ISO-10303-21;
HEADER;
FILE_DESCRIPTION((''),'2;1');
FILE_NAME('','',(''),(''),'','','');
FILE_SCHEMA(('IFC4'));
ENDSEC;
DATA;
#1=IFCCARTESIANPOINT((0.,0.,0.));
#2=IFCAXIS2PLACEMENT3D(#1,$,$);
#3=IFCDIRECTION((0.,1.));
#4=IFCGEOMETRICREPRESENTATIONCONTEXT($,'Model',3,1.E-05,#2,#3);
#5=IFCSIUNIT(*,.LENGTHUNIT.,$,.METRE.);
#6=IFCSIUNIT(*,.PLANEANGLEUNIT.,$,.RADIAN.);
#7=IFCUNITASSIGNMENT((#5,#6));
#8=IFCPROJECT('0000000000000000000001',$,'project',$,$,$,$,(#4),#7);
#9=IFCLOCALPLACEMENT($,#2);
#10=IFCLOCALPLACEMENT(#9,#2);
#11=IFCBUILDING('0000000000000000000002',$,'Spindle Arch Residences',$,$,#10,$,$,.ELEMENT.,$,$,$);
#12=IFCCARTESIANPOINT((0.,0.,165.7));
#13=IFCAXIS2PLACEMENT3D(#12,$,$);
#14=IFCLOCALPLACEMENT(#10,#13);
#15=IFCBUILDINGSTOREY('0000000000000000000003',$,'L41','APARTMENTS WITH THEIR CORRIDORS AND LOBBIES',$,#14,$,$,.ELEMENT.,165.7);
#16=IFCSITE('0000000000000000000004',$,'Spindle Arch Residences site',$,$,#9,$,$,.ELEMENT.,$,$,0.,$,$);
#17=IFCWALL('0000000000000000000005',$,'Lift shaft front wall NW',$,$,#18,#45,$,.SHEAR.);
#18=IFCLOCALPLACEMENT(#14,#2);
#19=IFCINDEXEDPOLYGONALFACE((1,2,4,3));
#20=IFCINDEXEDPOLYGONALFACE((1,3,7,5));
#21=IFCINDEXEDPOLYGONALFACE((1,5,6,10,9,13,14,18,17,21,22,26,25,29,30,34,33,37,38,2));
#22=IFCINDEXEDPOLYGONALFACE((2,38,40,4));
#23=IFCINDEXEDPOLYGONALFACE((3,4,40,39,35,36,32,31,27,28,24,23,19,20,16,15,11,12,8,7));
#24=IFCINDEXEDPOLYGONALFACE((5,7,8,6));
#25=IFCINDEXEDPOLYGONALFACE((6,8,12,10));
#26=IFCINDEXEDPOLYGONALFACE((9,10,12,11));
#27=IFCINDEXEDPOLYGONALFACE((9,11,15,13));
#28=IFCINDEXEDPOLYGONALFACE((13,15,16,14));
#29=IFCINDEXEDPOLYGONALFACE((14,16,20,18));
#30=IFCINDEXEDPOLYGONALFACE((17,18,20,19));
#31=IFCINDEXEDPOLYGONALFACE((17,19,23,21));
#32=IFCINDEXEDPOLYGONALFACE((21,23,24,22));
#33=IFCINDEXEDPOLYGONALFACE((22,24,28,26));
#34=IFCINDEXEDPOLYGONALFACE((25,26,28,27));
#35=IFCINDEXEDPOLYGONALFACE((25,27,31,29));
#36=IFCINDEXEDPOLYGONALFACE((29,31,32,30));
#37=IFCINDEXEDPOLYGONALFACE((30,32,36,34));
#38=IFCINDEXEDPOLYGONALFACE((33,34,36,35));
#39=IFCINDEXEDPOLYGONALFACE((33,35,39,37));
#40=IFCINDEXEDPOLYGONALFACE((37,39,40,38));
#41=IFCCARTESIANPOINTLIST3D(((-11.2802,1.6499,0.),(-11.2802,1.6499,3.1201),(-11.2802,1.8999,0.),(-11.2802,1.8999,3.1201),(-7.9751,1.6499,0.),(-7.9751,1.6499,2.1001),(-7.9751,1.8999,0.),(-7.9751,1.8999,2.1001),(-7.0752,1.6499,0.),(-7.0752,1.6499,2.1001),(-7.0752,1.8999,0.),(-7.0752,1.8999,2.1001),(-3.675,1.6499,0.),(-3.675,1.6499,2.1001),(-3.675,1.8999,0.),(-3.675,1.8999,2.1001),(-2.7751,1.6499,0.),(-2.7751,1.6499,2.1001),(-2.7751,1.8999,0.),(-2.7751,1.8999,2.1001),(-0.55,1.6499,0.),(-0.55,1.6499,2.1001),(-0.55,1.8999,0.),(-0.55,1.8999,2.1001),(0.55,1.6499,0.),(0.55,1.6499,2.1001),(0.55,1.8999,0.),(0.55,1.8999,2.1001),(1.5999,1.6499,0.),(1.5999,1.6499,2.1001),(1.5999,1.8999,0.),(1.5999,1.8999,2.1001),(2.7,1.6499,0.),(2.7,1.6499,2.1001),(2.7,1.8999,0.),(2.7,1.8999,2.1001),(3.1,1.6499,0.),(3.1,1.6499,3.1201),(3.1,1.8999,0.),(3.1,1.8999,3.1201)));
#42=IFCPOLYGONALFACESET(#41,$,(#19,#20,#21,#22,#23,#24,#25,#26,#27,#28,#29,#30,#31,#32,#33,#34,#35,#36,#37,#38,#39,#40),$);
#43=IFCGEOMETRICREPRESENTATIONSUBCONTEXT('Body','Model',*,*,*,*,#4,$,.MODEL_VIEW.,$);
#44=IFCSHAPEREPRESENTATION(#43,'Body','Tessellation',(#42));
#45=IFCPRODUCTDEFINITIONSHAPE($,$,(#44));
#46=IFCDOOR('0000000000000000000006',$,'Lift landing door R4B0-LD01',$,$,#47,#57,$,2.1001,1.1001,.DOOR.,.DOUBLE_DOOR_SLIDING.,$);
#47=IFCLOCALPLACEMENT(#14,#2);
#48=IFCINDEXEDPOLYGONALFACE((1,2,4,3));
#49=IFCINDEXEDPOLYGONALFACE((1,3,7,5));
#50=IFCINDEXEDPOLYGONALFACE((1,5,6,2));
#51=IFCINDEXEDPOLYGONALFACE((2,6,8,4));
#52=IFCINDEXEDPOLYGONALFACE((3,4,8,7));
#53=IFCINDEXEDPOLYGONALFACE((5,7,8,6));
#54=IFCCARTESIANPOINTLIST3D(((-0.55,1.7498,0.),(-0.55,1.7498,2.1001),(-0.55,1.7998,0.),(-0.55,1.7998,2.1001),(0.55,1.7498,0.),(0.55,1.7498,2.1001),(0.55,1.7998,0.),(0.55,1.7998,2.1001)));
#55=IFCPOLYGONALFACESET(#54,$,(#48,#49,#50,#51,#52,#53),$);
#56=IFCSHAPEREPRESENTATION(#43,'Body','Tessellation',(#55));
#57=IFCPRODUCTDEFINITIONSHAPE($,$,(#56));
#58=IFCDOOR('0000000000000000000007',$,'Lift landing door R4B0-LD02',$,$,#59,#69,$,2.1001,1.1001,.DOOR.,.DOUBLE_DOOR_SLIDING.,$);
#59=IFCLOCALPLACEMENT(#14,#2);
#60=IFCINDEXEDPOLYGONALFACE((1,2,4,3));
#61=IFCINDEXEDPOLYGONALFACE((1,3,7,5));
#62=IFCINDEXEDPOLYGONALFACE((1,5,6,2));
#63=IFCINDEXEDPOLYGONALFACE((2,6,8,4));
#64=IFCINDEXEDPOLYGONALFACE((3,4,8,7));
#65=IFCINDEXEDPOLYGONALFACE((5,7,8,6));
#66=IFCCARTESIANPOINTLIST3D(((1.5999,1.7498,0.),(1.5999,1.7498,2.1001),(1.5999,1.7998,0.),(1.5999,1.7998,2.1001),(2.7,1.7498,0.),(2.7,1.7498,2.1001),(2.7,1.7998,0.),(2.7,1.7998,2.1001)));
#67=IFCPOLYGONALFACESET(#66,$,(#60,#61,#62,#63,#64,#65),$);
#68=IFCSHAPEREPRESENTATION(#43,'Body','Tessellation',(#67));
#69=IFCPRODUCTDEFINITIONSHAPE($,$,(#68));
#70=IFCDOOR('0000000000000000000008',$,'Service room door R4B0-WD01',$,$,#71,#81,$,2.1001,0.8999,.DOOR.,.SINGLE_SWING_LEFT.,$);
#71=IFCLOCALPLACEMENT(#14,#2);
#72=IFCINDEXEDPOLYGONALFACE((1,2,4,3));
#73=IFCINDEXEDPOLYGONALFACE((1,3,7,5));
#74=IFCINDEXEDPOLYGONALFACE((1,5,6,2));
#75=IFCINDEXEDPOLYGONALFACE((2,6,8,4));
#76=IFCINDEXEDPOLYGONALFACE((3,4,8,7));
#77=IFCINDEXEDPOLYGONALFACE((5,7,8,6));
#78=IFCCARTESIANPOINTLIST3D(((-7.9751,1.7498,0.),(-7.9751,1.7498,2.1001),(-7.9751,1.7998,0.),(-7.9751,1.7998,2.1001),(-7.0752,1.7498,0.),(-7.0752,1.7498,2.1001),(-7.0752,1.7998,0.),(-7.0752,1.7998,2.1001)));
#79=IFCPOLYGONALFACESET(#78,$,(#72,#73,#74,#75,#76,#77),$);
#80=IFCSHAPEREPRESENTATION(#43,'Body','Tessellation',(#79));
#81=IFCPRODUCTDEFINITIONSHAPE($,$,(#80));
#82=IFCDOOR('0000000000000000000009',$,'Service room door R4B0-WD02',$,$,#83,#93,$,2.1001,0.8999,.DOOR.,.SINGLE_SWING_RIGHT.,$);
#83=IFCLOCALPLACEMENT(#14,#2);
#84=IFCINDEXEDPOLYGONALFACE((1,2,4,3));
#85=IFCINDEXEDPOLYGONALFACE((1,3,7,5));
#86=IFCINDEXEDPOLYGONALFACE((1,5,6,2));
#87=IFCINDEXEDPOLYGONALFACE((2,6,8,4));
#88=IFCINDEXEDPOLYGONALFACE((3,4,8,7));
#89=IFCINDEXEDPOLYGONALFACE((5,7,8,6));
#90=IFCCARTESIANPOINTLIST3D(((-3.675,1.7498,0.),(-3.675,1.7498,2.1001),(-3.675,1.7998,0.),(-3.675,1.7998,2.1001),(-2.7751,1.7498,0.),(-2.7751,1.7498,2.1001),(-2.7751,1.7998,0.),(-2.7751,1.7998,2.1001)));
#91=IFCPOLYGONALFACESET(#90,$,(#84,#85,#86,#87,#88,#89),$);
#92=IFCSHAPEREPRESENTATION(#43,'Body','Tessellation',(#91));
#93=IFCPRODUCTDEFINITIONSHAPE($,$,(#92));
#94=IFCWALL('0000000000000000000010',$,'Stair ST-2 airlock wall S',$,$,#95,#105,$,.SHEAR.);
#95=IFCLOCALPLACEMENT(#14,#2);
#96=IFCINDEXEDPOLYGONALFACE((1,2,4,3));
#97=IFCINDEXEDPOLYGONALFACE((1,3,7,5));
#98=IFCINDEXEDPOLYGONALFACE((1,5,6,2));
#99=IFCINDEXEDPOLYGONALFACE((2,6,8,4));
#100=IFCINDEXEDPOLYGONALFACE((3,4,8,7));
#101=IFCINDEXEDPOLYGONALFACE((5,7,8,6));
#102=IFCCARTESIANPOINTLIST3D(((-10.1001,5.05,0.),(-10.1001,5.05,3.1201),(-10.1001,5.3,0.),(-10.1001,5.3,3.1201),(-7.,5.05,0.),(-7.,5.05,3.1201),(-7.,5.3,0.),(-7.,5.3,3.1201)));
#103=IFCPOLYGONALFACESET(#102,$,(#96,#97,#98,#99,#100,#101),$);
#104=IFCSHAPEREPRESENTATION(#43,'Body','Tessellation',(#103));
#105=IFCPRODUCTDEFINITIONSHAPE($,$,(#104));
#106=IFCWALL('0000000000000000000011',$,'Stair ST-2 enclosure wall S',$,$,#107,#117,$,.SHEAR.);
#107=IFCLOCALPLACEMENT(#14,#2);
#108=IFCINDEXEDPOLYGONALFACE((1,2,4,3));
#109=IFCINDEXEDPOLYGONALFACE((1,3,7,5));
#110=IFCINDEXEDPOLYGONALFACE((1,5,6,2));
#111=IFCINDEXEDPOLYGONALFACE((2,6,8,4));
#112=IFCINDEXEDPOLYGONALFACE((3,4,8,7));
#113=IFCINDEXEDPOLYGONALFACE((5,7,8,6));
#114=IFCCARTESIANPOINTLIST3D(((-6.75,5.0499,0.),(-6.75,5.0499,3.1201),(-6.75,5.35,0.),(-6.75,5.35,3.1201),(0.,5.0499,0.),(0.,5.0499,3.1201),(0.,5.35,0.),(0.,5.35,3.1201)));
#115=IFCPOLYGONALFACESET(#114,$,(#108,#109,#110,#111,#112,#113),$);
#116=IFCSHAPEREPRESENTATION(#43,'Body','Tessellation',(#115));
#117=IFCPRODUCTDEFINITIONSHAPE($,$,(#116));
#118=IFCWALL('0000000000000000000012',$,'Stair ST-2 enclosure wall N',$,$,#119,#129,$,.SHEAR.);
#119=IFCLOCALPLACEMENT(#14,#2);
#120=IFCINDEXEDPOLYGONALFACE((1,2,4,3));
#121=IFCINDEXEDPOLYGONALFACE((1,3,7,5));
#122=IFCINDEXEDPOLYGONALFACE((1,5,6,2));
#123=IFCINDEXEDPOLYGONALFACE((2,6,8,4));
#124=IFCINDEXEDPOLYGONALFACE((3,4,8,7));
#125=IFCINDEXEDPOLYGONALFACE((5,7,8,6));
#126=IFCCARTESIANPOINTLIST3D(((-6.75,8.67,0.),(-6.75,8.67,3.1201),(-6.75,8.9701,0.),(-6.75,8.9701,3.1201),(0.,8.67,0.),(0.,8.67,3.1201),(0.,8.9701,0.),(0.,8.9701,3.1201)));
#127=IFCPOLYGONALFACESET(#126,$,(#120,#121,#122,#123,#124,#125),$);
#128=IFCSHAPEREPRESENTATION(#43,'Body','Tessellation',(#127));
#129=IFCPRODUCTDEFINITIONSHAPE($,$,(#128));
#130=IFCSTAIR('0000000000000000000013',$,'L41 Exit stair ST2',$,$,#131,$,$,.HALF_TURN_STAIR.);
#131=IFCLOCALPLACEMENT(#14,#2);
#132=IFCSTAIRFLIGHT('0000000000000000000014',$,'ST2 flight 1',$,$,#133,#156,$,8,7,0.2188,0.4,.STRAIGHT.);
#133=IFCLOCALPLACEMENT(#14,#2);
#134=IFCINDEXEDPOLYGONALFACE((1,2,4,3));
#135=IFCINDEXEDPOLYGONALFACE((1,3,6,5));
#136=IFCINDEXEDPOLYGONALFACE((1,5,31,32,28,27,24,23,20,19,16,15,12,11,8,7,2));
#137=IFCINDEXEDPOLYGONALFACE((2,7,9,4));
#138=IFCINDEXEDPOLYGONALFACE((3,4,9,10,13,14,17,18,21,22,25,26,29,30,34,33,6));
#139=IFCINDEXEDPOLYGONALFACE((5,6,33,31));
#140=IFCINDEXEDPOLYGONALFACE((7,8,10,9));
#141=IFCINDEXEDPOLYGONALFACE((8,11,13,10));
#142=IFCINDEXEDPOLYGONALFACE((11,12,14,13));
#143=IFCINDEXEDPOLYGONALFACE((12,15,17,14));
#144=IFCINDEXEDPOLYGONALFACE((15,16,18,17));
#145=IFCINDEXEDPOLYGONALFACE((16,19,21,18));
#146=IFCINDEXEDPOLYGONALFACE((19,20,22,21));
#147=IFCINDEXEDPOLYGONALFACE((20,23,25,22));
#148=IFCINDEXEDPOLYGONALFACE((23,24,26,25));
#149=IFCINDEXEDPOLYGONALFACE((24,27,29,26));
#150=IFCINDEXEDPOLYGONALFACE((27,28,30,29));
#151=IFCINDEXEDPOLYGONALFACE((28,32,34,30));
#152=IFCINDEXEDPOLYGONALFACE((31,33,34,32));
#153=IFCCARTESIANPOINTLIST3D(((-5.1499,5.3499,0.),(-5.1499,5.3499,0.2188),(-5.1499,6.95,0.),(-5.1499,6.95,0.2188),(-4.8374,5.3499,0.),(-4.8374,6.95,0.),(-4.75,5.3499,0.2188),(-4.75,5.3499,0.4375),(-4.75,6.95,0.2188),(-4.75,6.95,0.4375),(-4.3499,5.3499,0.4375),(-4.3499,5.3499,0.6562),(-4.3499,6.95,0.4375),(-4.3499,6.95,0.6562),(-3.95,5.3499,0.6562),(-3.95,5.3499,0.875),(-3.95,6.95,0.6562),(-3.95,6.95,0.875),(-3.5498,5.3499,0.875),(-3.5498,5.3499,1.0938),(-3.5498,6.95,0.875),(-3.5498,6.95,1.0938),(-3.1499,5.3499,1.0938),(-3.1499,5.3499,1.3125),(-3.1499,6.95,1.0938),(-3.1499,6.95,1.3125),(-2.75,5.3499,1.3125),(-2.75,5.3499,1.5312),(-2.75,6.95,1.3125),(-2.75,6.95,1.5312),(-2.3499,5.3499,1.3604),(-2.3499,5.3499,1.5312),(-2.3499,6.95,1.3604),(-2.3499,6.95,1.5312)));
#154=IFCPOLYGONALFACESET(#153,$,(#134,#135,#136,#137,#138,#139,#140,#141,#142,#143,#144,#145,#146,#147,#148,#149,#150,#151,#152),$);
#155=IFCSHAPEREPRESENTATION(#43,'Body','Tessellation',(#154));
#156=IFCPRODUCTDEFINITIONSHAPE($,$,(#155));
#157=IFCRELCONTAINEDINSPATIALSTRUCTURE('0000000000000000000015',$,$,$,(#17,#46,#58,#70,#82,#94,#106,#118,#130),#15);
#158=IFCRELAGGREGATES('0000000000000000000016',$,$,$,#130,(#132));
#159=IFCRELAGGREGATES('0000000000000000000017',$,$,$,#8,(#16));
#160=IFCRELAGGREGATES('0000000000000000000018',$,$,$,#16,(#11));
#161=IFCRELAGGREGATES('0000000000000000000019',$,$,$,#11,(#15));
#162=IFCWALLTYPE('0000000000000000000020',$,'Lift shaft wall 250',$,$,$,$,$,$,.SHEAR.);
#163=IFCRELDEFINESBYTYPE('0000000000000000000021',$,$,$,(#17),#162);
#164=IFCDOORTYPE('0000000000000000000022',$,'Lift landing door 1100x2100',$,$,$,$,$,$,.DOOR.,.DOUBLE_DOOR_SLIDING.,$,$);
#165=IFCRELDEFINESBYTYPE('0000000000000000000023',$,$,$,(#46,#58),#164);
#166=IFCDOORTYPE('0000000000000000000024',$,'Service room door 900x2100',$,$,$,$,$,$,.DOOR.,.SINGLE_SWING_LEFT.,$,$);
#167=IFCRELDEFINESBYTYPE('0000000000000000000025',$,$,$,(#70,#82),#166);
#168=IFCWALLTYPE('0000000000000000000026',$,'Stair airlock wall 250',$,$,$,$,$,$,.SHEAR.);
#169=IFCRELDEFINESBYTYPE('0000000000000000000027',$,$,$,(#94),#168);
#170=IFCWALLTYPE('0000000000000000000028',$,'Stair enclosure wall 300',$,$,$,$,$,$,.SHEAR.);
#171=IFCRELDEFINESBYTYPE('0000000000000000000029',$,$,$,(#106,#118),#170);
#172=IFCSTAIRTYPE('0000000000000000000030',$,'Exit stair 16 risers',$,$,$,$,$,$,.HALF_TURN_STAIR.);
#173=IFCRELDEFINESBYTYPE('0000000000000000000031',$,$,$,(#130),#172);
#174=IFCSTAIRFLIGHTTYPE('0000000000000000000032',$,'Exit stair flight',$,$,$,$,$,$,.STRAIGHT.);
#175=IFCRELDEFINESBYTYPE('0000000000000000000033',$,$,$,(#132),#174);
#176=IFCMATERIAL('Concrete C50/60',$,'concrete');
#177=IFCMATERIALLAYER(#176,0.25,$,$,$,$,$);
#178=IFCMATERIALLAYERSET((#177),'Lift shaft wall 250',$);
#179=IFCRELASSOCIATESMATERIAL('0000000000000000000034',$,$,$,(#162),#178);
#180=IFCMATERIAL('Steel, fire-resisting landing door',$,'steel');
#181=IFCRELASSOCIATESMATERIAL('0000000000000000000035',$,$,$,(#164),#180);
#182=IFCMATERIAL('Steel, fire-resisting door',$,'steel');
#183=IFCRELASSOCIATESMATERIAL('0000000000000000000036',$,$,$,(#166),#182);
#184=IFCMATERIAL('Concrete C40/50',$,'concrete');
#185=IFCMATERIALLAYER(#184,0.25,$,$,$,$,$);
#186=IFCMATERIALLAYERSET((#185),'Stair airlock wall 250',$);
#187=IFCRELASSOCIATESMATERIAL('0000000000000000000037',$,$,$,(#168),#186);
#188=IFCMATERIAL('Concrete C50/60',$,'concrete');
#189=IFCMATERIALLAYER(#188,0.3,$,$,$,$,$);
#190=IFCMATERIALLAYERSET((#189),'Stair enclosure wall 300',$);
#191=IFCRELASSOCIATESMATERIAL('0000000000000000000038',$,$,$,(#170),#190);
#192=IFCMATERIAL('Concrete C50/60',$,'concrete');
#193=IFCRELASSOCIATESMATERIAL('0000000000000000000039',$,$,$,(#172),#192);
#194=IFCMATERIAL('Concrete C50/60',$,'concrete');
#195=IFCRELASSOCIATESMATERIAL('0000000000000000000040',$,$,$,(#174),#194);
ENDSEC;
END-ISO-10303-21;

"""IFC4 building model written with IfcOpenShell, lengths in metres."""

from ifc_helpers import new_model, si_unit, direction, frame, frame_2d, origin, place, context, subcontext, project, spatial, polyline, rectangle, outline, extrude, material, layer, layer_set, type_object, element, fill, aggregate, save


model = new_model("IFC4")

# Units and contexts
model_context = context("Model", 3, precision=1e-05, world=origin(), true_north=direction((0.0, 1.0)))
body_context = subcontext(model_context, "Body", "Model", "MODEL_VIEW")
ifc_project = project(units=[si_unit("LENGTHUNIT", "METRE"), si_unit("PLANEANGLEUNIT", "RADIAN")], contexts=[model_context])

# Site, building, storey
site_placement = place(None, origin())
site = spatial("IfcSite", under=ifc_project, at=site_placement, Name="Spindle Arch Residences site", CompositionType="ELEMENT", RefElevation=0.0)
building_placement = place(site_placement, origin())
building = spatial("IfcBuilding", under=site, at=building_placement, Name="Spindle Arch Residences", CompositionType="ELEMENT")
storey_placement = place(building_placement, frame((0.0, 0.0, 165.7)))
storey = spatial("IfcBuildingStorey", under=building, at=storey_placement, Name="L41", Description="APARTMENTS WITH THEIR CORRIDORS AND LOBBIES", CompositionType="ELEMENT", Elevation=165.7)

# Wall, openings, doors
ifc_material_1 = material(Name="Concrete C50/60", Category="concrete")
ifc_layer_1 = layer(ifc_material_1, 0.25)
ifc_layer_set_1 = layer_set([ifc_layer_1], Name="Lift shaft wall 250")
wall_type_1 = type_object("IfcWallType", Name="Lift shaft wall 250", PredefinedType="SHEAR", material=ifc_layer_set_1)
wall_1_placement = place(storey_placement, frame((-11.28, 1.7749, 0.0), z_axis=(0.0, 0.0, 1.0), x_axis=(1.0, 0.0, 0.0)))
wall_1 = element("IfcWall", 1, at=wall_1_placement, inside=storey, type_object=wall_type_1, Name="Lift shaft front wall NW", PredefinedType="SHEAR", context=body_context, shape_type="SweptSolid", body=[
    extrude(rectangle(XDim=14.3801, YDim=0.25, at=frame_2d((7.1899, 0.0))), origin(), (0.0, 0.0, 1.0), 3.1201),
])
opening_1_placement = place(wall_1_placement, frame((10.73, 0.0, 0.0)))
opening_1 = element("IfcOpeningElement", 2, at=opening_1_placement, cuts=wall_1, PredefinedType="OPENING", context=body_context, shape_type="SweptSolid", body=[
    extrude(rectangle(XDim=1.1001, YDim=2.1001, at=frame_2d((0.55, 1.05))), frame((0.0, 0.135, 0.0), z_axis=(0.0, -1.0, 0.0), x_axis=(1.0, 0.0, 0.0)), (0.0, 0.0, 1.0), 0.27),
])
opening_2_placement = place(wall_1_placement, frame((12.8799, 0.0, 0.0)))
opening_2 = element("IfcOpeningElement", 3, at=opening_2_placement, cuts=wall_1, PredefinedType="OPENING", context=body_context, shape_type="SweptSolid", body=[
    extrude(rectangle(XDim=1.1001, YDim=2.1001, at=frame_2d((0.55, 1.05))), frame((0.0, 0.135, 0.0), z_axis=(0.0, -1.0, 0.0), x_axis=(1.0, 0.0, 0.0)), (0.0, 0.0, 1.0), 0.27),
])
opening_3_placement = place(wall_1_placement, frame((3.3049, 0.0, 0.0)))
opening_3 = element("IfcOpeningElement", 4, at=opening_3_placement, cuts=wall_1, PredefinedType="OPENING", context=body_context, shape_type="SweptSolid", body=[
    extrude(rectangle(XDim=0.8999, YDim=2.1001, at=frame_2d((0.45, 1.05))), frame((0.0, 0.135, 0.0), z_axis=(0.0, -1.0, 0.0), x_axis=(1.0, 0.0, 0.0)), (0.0, 0.0, 1.0), 0.27),
])
opening_4_placement = place(wall_1_placement, frame((7.605, 0.0, 0.0)))
opening_4 = element("IfcOpeningElement", 5, at=opening_4_placement, cuts=wall_1, PredefinedType="OPENING", context=body_context, shape_type="SweptSolid", body=[
    extrude(rectangle(XDim=0.8999, YDim=2.1001, at=frame_2d((0.45, 1.05))), frame((0.0, 0.135, 0.0), z_axis=(0.0, -1.0, 0.0), x_axis=(1.0, 0.0, 0.0)), (0.0, 0.0, 1.0), 0.27),
])
ifc_material_2 = material(Name="Steel, fire-resisting landing door", Category="steel")
door_type_1 = type_object("IfcDoorType", Name="Lift landing door 1100x2100", OperationType="DOUBLE_DOOR_SLIDING", PredefinedType="DOOR", material=ifc_material_2)
door_1_placement = place(opening_1_placement, origin())
door_1 = element("IfcDoor", 6, at=door_1_placement, inside=storey, type_object=door_type_1, Name="Lift landing door R4B0-LD01", OperationType="DOUBLE_DOOR_SLIDING", OverallHeight=2.1001, OverallWidth=1.1001, PredefinedType="DOOR", context=body_context, shape_type="SweptSolid", body=[
    extrude(rectangle(XDim=1.1001, YDim=2.1001, at=frame_2d((0.55, 1.05))), frame((0.0, 0.0249, 0.0), z_axis=(0.0, -1.0, 0.0), x_axis=(1.0, 0.0, 0.0)), (0.0, 0.0, 1.0), 0.05),
])
fill(opening_1, door_1)
door_2_placement = place(opening_2_placement, origin())
door_2 = element("IfcDoor", 7, at=door_2_placement, inside=storey, type_object=door_type_1, Name="Lift landing door R4B0-LD02", OperationType="DOUBLE_DOOR_SLIDING", OverallHeight=2.1001, OverallWidth=1.1001, PredefinedType="DOOR", context=body_context, shape_type="SweptSolid", body=[
    extrude(rectangle(XDim=1.1001, YDim=2.1001, at=frame_2d((0.55, 1.05))), frame((0.0, 0.0249, 0.0), z_axis=(0.0, -1.0, 0.0), x_axis=(1.0, 0.0, 0.0)), (0.0, 0.0, 1.0), 0.05),
])
fill(opening_2, door_2)
ifc_material_3 = material(Name="Steel, fire-resisting door", Category="steel")
door_type_2 = type_object("IfcDoorType", Name="Service room door 900x2100", OperationType="SINGLE_SWING_LEFT", PredefinedType="DOOR", material=ifc_material_3)
door_3_placement = place(opening_3_placement, origin())
door_3 = element("IfcDoor", 8, at=door_3_placement, inside=storey, type_object=door_type_2, Name="Service room door R4B0-WD01", OperationType="SINGLE_SWING_LEFT", OverallHeight=2.1001, OverallWidth=0.8999, PredefinedType="DOOR", context=body_context, shape_type="SweptSolid", body=[
    extrude(rectangle(XDim=0.8999, YDim=2.1001, at=frame_2d((0.45, 1.05))), frame((0.0, 0.0249, 0.0), z_axis=(0.0, -1.0, 0.0), x_axis=(1.0, 0.0, 0.0)), (0.0, 0.0, 1.0), 0.05),
])
fill(opening_3, door_3)
door_4_placement = place(opening_4_placement, origin())
door_4 = element("IfcDoor", 9, at=door_4_placement, inside=storey, type_object=door_type_2, Name="Service room door R4B0-WD02", OperationType="SINGLE_SWING_RIGHT", OverallHeight=2.1001, OverallWidth=0.8999, PredefinedType="DOOR", context=body_context, shape_type="SweptSolid", body=[
    extrude(rectangle(XDim=0.8999, YDim=2.1001, at=frame_2d((0.45, 1.05))), frame((0.0, 0.0249, 0.0), z_axis=(0.0, -1.0, 0.0), x_axis=(1.0, 0.0, 0.0)), (0.0, 0.0, 1.0), 0.05),
])
fill(opening_4, door_4)

# Walls
ifc_material_4 = material(Name="Concrete C40/50", Category="concrete")
ifc_layer_2 = layer(ifc_material_4, 0.25)
ifc_layer_set_2 = layer_set([ifc_layer_2], Name="Stair airlock wall 250")
wall_type_2 = type_object("IfcWallType", Name="Stair airlock wall 250", PredefinedType="SHEAR", material=ifc_layer_set_2)
wall_2_placement = place(storey_placement, frame((-7.0, 5.175, 0.0), z_axis=(0.0, 0.0, 1.0), x_axis=(-1.0, 0.0, 0.0)))
element("IfcWall", 10, at=wall_2_placement, inside=storey, type_object=wall_type_2, Name="Stair ST-2 airlock wall S", PredefinedType="SHEAR", context=body_context, shape_type="SweptSolid", body=[
    extrude(rectangle(XDim=3.1001, YDim=0.25, at=frame_2d((1.55, 0.0))), origin(), (0.0, 0.0, 1.0), 3.1201),
])
ifc_material_5 = material(Name="Concrete C50/60", Category="concrete")
ifc_layer_3 = layer(ifc_material_5, 0.3)
ifc_layer_set_3 = layer_set([ifc_layer_3], Name="Stair enclosure wall 300")
wall_type_3 = type_object("IfcWallType", Name="Stair enclosure wall 300", PredefinedType="SHEAR", material=ifc_layer_set_3)
for number, where, z_axis, x_axis, name in (
    (11, (-6.75, 5.2, 0.0), (0.0, 0.0, 1.0), (1.0, 0.0, 0.0), "Stair ST-2 enclosure wall S"),
    (12, (-6.75, 8.8201, 0.0), (0.0, 0.0, 1.0), (1.0, 0.0, 0.0), "Stair ST-2 enclosure wall N"),
):
    element("IfcWall", number, at=place(storey_placement, frame(where, z_axis=z_axis, x_axis=x_axis)), inside=storey, type_object=wall_type_3, Name=name, PredefinedType="SHEAR", context=body_context, shape_type="SweptSolid", body=[
        extrude(rectangle(XDim=6.75, YDim=0.3, at=frame_2d((3.375, 0.0))), origin(), (0.0, 0.0, 1.0), 3.1201),
    ])

# Stair, stair flight
ifc_material_6 = material(Name="Concrete C50/60", Category="concrete")
stair_type = type_object("IfcStairType", Name="Exit stair 16 risers", PredefinedType="HALF_TURN_STAIR", material=ifc_material_6)
stair_placement = place(storey_placement, origin())
stair = element("IfcStair", 13, at=stair_placement, inside=storey, type_object=stair_type, Name="L41 Exit stair ST2", PredefinedType="HALF_TURN_STAIR")
ifc_material_7 = material(Name="Concrete C50/60", Category="concrete")
stair_flight_type = type_object("IfcStairFlightType", Name="Exit stair flight", PredefinedType="STRAIGHT", material=ifc_material_7)
stair_flight_1_placement = place(storey_placement, frame((-5.1499, 6.1499, 0.0), z_axis=(0.0, 0.0, 1.0), x_axis=(1.0, 0.0, 0.0)))
stair_flight_1 = element("IfcStairFlight", 14, at=stair_flight_1_placement, type_object=stair_flight_type, Name="ST2 flight 1", NumberOfRisers=8, NumberOfTreads=7, PredefinedType="STRAIGHT", RiserHeight=0.2188, TreadLength=0.4, context=body_context, shape_type="SweptSolid", body=[
    extrude(outline(polyline([(0.0, 0.0), (0.0, 0.2188), (0.3999, 0.2188), (0.3999, 0.4375), (0.8, 0.4375), (0.8, 0.6562), (1.2, 0.6562), (1.2, 0.875), (1.6001, 0.875), (1.6001, 1.0938), (2.0, 1.0938), (2.0, 1.3125), (2.3999, 1.3125), (2.3999, 1.5312), (2.8, 1.5312), (2.8, 1.75), (2.8, 1.3604), (0.3125, 0.0), (0.0, 0.0)])), frame((0.0, 0.8, 0.0), z_axis=(0.0, -1.0, 0.0), x_axis=(1.0, 0.0, 0.0)), (0.0, 0.0, 1.0), 1.6001),
])
aggregate(stair, [stair_flight_1])

save(model, "model.ifc")
